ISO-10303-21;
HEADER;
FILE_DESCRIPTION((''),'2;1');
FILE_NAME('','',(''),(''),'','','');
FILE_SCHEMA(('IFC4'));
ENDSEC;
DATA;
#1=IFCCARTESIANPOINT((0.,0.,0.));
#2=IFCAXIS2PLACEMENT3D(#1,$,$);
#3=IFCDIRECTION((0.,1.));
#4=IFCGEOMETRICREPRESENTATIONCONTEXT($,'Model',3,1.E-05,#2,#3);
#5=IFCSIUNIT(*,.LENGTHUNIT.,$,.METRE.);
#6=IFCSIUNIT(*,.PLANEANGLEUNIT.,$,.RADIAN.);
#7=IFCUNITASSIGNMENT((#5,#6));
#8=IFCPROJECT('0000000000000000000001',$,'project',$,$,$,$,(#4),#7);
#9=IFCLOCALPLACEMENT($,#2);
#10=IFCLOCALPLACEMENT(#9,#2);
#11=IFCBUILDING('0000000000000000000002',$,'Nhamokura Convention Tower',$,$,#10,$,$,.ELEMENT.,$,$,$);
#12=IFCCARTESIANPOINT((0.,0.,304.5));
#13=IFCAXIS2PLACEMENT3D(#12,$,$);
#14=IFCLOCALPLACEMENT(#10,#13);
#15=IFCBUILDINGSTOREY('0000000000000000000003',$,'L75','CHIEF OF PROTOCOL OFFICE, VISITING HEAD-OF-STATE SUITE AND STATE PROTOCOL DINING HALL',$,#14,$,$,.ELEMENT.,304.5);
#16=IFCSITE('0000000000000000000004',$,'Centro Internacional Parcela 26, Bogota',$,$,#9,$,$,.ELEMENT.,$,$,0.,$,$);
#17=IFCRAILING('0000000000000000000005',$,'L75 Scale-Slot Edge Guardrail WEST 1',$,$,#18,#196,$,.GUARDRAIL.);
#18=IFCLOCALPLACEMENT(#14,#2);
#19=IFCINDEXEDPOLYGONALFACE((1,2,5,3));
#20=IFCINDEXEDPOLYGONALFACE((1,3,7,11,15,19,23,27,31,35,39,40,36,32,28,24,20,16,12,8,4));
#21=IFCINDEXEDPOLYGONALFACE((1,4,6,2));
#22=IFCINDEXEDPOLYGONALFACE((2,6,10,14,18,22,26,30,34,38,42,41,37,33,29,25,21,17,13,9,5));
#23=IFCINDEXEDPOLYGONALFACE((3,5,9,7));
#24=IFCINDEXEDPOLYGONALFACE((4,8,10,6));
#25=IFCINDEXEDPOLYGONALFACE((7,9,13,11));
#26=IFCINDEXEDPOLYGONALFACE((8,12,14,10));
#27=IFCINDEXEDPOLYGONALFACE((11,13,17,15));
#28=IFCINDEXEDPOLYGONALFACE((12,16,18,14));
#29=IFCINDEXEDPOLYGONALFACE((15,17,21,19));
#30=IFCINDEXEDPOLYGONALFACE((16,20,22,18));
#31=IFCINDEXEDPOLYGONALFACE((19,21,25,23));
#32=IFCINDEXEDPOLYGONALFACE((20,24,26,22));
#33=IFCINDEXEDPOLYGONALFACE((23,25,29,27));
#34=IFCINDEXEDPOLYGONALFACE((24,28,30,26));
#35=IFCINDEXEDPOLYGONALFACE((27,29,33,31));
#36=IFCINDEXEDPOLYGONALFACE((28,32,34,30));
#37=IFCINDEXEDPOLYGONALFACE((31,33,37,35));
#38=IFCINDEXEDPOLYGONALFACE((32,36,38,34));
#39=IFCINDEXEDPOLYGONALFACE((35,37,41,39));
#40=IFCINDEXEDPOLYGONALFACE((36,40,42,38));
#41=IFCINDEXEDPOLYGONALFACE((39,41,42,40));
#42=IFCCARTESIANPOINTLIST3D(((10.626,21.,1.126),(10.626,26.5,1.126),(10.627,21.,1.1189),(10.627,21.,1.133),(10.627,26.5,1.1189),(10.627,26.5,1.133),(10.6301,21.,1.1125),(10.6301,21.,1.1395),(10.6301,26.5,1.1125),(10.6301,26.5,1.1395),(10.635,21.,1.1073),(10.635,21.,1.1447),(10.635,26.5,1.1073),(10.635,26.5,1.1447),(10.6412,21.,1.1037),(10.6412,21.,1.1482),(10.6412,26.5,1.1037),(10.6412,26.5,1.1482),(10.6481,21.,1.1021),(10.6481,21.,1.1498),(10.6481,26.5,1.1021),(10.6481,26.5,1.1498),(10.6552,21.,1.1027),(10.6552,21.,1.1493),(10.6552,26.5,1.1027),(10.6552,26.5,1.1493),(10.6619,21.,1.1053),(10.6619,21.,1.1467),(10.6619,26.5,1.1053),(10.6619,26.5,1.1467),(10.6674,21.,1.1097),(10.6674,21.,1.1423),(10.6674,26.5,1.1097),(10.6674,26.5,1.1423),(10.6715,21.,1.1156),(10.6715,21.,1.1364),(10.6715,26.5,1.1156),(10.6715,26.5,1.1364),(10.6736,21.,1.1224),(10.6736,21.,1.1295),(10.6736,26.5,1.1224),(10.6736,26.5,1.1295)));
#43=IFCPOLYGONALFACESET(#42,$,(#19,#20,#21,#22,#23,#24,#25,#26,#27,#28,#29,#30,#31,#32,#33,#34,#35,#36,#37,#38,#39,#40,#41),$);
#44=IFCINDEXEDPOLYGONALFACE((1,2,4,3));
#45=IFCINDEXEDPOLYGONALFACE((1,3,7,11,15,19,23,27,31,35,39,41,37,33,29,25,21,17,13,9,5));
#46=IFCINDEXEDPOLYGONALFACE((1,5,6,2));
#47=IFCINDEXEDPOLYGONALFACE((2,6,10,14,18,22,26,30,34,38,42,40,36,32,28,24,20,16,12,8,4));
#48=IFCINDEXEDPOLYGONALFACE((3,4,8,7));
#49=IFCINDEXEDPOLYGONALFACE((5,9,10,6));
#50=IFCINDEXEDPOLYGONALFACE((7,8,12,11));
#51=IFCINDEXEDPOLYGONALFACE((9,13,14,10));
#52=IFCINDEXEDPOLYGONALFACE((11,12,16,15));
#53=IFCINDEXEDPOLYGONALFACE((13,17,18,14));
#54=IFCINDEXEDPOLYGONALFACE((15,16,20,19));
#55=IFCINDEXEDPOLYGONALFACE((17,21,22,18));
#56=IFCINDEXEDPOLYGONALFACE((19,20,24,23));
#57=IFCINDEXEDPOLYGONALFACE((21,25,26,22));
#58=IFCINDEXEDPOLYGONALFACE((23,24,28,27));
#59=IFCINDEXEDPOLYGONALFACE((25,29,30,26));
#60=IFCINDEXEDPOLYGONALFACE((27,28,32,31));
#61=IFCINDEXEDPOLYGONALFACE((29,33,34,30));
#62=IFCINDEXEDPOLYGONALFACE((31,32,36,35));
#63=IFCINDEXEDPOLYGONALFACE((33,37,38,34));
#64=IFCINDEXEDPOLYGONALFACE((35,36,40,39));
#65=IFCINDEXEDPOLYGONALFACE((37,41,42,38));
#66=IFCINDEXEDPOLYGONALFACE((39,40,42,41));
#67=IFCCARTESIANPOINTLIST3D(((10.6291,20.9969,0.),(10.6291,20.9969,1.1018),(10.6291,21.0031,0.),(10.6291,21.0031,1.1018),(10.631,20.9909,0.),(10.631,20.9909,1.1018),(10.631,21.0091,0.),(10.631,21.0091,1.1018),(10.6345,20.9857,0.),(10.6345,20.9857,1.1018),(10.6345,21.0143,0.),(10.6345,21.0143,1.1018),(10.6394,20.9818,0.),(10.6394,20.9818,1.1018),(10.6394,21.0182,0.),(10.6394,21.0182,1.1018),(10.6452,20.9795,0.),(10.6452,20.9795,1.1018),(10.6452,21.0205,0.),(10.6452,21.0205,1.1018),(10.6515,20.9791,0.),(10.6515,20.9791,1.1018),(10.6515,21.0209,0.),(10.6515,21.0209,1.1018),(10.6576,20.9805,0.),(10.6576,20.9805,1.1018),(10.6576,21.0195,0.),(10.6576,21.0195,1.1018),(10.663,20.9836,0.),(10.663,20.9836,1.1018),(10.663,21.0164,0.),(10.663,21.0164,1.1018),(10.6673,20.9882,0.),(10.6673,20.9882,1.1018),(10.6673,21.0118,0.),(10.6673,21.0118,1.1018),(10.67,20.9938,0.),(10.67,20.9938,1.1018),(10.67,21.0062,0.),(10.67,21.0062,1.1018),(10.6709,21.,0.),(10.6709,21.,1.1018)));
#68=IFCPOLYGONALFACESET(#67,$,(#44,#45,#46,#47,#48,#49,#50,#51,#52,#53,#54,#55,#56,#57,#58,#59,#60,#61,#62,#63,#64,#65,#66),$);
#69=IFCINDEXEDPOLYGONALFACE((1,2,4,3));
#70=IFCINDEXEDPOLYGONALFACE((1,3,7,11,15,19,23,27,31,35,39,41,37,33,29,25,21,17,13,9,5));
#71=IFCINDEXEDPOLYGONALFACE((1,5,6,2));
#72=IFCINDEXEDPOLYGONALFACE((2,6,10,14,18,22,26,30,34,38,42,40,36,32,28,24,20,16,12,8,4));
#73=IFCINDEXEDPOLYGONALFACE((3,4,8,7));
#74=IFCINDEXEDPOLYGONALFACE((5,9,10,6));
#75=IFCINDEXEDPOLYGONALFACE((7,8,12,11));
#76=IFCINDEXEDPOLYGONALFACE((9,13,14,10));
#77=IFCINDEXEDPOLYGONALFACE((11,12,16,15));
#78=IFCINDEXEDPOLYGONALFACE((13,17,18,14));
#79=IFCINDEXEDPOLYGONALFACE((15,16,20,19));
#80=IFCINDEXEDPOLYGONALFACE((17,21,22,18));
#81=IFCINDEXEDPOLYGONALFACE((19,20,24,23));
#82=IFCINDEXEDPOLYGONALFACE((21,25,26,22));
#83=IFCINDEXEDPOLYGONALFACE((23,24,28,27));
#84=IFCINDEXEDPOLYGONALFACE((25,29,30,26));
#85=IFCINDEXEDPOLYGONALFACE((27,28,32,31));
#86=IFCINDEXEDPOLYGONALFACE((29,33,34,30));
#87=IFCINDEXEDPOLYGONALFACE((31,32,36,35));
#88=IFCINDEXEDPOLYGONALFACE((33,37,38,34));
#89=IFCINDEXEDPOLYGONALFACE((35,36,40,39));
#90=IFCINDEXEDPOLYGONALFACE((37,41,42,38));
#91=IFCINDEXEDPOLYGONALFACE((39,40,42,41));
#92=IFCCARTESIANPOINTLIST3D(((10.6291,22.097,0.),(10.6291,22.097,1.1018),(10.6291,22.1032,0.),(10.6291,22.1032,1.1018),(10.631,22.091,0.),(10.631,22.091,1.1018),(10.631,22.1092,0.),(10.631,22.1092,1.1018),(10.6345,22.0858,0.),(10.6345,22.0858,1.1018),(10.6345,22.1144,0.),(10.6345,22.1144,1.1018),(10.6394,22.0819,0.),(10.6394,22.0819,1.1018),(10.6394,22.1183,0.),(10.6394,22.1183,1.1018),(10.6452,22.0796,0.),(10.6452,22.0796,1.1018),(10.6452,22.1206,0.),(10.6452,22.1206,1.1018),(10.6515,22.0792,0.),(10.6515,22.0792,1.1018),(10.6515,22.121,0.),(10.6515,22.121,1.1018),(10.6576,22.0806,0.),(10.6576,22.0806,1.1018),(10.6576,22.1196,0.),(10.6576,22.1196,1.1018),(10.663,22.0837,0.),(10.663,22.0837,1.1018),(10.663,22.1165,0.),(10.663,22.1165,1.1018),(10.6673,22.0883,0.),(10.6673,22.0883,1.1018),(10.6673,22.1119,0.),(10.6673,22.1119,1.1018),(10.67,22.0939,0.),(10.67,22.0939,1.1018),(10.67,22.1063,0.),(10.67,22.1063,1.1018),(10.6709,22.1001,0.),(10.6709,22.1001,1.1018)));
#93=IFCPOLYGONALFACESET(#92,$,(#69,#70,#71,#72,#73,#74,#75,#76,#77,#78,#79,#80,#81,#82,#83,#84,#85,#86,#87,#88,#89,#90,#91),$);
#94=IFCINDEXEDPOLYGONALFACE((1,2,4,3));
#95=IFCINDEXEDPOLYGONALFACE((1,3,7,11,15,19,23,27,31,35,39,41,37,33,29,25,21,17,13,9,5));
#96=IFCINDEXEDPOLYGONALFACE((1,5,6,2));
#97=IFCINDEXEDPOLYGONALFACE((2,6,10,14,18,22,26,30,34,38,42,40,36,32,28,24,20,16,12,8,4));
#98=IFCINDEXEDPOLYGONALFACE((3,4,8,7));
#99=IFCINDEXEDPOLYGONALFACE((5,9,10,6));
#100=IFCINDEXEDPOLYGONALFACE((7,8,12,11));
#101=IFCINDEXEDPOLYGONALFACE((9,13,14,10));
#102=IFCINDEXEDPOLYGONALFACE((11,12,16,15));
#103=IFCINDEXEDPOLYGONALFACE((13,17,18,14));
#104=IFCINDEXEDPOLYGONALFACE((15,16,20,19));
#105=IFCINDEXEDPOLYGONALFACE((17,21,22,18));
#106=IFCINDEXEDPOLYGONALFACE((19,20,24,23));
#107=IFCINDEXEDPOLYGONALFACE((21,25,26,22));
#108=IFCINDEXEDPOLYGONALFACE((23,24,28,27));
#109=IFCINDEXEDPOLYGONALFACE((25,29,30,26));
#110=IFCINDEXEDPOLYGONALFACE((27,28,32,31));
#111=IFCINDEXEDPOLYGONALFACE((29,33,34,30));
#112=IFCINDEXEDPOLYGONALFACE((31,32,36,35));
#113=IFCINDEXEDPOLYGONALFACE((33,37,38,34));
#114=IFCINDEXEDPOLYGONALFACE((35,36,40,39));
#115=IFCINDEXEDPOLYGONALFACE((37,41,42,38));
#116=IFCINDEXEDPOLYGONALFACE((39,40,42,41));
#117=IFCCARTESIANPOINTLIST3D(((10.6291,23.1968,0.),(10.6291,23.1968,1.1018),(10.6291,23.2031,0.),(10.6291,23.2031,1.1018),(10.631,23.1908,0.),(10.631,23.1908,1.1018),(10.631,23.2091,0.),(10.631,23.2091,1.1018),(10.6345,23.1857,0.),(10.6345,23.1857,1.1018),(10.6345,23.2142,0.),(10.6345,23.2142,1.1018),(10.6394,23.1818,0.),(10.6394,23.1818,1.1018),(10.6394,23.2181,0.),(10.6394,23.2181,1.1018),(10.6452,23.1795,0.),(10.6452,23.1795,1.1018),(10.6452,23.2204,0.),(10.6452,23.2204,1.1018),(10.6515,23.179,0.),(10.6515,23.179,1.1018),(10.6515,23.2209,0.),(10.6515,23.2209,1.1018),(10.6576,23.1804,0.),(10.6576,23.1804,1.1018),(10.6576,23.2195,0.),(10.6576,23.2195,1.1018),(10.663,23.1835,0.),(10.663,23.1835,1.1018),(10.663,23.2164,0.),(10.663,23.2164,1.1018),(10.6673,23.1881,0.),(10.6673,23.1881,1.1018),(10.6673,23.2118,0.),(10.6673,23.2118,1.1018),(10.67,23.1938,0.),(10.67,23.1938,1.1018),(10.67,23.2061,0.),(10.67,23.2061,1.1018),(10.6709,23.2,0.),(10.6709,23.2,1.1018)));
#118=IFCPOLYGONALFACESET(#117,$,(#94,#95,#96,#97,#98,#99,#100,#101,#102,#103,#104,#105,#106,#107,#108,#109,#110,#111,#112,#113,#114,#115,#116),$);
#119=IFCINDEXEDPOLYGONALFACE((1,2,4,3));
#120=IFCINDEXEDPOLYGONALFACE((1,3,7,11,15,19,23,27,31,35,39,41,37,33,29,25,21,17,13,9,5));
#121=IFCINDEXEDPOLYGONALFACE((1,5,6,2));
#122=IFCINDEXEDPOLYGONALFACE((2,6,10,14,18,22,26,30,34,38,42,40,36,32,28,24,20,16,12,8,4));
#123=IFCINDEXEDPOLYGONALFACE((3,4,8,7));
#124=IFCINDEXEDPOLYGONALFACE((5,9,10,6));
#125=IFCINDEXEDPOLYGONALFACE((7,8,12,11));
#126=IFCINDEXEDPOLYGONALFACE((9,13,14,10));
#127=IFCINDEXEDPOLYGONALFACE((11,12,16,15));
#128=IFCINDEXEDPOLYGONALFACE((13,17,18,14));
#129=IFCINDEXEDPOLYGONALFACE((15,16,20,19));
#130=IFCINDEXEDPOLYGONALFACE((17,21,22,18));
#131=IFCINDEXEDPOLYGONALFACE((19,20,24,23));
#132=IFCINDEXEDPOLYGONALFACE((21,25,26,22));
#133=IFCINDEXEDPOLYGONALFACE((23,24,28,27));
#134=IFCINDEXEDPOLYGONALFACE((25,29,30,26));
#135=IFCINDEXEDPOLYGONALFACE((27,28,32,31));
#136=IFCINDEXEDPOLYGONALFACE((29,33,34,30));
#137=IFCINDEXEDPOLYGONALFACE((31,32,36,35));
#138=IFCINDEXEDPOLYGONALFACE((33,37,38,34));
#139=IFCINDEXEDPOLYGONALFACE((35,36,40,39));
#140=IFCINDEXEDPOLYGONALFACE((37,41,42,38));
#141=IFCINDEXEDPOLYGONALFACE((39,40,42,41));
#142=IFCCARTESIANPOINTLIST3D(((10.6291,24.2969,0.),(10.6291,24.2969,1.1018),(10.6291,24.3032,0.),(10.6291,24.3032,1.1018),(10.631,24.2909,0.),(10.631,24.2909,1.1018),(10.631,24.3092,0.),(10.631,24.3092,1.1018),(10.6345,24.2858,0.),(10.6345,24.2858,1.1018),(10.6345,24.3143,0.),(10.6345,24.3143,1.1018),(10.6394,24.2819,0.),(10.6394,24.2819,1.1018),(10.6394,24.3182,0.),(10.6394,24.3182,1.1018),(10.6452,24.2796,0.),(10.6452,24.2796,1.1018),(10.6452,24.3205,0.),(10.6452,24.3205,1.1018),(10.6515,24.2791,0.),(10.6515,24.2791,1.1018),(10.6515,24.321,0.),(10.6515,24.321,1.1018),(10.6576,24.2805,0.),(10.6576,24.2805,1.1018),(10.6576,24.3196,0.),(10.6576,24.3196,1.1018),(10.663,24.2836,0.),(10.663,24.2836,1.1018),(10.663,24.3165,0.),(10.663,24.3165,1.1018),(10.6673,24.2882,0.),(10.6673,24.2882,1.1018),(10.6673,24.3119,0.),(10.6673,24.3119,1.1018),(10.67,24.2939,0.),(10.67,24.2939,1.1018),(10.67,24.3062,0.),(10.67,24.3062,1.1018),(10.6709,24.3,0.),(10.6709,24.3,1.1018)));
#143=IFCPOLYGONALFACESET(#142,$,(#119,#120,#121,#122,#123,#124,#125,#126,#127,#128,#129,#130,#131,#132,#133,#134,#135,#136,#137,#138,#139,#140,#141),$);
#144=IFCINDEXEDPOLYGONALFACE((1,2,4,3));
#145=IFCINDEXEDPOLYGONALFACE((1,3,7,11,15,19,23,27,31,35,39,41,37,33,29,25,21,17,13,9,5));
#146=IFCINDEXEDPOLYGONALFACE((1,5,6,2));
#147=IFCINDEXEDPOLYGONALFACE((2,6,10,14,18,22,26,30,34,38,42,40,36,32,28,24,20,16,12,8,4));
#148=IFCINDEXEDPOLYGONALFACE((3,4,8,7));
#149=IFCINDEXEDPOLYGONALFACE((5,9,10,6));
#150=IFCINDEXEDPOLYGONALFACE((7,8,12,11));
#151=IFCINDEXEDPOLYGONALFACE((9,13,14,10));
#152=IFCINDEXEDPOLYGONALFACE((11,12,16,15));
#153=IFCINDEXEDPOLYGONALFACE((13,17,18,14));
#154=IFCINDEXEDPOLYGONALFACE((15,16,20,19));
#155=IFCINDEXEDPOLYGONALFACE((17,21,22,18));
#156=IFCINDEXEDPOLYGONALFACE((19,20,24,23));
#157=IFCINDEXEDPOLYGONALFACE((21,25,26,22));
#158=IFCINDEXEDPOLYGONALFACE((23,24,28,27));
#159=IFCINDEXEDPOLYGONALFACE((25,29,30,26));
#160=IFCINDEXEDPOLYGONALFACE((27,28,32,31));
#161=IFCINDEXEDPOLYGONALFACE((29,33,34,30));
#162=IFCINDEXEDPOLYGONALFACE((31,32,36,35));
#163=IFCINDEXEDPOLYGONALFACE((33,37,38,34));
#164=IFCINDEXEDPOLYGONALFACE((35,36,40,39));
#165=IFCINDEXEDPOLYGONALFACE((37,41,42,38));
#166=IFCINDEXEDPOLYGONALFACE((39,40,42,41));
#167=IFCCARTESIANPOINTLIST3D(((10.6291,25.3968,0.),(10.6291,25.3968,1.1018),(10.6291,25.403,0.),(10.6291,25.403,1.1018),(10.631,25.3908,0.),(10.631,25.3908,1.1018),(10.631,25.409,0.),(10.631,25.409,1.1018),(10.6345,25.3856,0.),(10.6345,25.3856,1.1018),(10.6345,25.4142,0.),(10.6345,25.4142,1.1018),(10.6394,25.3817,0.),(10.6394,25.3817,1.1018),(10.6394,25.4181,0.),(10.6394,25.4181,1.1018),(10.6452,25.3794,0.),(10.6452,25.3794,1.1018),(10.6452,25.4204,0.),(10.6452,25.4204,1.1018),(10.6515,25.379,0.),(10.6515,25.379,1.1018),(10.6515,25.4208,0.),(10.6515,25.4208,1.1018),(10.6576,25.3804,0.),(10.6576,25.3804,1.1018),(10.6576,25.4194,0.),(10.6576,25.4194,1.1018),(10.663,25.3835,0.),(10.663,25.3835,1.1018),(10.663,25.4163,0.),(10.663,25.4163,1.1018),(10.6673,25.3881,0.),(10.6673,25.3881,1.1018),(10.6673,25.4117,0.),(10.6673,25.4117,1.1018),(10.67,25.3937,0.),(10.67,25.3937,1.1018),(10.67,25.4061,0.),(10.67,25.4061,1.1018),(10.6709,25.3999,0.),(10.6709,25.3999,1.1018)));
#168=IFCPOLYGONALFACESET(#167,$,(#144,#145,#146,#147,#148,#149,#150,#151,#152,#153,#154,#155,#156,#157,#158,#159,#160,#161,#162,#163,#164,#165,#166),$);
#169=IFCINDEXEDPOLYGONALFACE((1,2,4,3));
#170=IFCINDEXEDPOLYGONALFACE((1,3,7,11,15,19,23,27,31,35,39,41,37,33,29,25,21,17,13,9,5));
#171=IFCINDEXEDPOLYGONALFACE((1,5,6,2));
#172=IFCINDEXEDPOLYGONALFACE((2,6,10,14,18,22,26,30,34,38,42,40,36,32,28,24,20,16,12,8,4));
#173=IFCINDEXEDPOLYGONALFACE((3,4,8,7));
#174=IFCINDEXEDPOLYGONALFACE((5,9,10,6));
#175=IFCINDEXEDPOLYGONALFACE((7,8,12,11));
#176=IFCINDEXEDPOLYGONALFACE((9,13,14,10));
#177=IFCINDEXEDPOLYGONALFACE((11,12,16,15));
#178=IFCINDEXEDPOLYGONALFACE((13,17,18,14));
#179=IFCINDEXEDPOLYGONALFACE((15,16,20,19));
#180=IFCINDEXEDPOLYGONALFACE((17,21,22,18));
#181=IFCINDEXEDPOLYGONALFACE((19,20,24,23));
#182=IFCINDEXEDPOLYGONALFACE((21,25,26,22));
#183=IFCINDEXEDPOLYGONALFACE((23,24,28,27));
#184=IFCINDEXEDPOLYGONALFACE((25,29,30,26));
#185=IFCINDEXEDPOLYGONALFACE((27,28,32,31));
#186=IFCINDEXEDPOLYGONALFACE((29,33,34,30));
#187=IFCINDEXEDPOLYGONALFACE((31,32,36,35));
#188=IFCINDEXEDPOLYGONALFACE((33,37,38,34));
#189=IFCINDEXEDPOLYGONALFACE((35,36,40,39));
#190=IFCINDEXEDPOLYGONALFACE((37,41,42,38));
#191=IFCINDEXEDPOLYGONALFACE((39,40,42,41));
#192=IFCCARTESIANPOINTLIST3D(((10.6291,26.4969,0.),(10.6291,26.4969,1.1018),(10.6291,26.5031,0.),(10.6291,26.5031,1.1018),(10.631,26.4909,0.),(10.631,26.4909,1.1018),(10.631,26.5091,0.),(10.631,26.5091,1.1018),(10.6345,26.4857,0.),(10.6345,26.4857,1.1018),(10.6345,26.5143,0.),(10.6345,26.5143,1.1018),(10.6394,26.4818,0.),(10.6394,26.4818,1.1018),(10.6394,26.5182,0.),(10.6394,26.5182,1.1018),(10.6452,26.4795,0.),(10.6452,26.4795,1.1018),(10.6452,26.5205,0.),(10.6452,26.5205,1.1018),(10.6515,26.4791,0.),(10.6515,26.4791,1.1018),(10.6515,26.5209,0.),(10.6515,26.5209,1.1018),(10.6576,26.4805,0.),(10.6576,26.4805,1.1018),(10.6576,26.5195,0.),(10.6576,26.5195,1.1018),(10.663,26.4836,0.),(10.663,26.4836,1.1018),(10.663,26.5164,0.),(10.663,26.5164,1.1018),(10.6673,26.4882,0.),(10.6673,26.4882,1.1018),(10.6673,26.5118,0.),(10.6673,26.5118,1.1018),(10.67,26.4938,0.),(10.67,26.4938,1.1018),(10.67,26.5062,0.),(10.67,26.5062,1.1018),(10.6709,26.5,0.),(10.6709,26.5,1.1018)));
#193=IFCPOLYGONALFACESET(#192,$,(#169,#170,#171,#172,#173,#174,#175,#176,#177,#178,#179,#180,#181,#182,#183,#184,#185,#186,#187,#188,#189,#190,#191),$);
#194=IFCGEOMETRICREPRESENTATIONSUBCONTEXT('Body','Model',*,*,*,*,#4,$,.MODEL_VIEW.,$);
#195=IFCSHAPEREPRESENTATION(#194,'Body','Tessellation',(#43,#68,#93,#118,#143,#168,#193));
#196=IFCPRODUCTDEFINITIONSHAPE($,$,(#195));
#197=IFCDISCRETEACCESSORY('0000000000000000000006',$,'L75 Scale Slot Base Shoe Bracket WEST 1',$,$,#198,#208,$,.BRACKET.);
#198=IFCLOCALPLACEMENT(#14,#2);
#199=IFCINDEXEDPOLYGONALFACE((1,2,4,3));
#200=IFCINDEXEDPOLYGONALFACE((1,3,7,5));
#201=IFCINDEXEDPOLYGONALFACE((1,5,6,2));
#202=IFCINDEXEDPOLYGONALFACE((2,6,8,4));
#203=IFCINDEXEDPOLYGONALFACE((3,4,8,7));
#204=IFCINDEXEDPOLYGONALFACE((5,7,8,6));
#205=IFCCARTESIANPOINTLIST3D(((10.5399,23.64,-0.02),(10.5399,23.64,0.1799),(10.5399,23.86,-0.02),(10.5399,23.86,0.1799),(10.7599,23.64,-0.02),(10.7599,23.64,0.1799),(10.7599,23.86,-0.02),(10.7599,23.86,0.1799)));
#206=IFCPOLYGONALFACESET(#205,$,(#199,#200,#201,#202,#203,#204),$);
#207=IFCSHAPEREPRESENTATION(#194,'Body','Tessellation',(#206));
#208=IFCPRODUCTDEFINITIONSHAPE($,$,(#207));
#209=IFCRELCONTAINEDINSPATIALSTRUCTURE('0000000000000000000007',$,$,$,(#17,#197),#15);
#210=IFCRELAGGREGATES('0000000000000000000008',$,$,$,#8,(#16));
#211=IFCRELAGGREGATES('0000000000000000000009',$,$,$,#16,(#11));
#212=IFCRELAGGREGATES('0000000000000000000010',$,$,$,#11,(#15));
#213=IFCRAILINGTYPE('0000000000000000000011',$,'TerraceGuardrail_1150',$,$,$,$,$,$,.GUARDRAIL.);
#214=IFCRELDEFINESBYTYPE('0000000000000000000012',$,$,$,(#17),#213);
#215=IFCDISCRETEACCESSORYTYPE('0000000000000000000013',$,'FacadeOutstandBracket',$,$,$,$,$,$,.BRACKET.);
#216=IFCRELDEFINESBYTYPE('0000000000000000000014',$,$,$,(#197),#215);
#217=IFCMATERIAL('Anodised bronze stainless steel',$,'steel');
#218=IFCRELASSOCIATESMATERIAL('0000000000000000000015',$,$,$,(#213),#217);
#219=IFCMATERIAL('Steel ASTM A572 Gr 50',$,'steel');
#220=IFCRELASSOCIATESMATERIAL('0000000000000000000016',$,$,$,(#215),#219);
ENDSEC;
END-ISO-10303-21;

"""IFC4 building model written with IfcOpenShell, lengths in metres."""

from ifc_helpers import new_model, si_unit, direction, frame, origin, origin_2d, place, context, subcontext, project, spatial, rectangle, circle, extrude, material, type_object, element, save


model = new_model("IFC4")

# Units and contexts
model_context = context("Model", 3, precision=1e-05, world=origin(), true_north=direction((0.0, 1.0)))
body_context = subcontext(model_context, "Body", "Model", "MODEL_VIEW")
ifc_project = project(units=[si_unit("LENGTHUNIT", "METRE"), si_unit("PLANEANGLEUNIT", "RADIAN")], contexts=[model_context])

# Site, building, storey
site_placement = place(None, origin())
site = spatial("IfcSite", under=ifc_project, at=site_placement, Name="Centro Internacional Parcela 26, Bogota", CompositionType="ELEMENT", RefElevation=0.0)
building_placement = place(site_placement, origin())
building = spatial("IfcBuilding", under=site, at=building_placement, Name="Nhamokura Convention Tower", CompositionType="ELEMENT")
storey_placement = place(building_placement, frame((0.0, 0.0, 304.5)))
storey = spatial("IfcBuildingStorey", under=building, at=storey_placement, Name="L75", Description="CHIEF OF PROTOCOL OFFICE, VISITING HEAD-OF-STATE SUITE AND STATE PROTOCOL DINING HALL", CompositionType="ELEMENT", Elevation=304.5)

# Railing
ifc_material_1 = material(Name="Anodised bronze stainless steel", Category="steel")
railing_type = type_object("IfcRailingType", Name="TerraceGuardrail_1150", PredefinedType="GUARDRAIL", material=ifc_material_1)
railing_placement = place(storey_placement, frame((10.6499, 21.0, 0.0)))
element("IfcRailing", 1, at=railing_placement, inside=storey, type_object=railing_type, Name="L75 Scale-Slot Edge Guardrail WEST 1", PredefinedType="GUARDRAIL", context=body_context, shape_type="SweptSolid", body=[
    extrude(circle(Radius=0.0239, at=origin_2d()), frame((0.0, 0.0, 1.126), z_axis=(0.0, 1.0, 0.0), x_axis=(-1.0, 0.0, 0.0)), (0.0, 0.0, 1.0), 5.5),
    extrude(circle(Radius=0.021, at=origin_2d()), origin(), (0.0, 0.0, 1.0), 1.1018),
    extrude(circle(Radius=0.021, at=origin_2d()), frame((0.0, 1.1001, 0.0)), (0.0, 0.0, 1.0), 1.1018),
    extrude(circle(Radius=0.021, at=origin_2d()), frame((0.0, 2.2, 0.0)), (0.0, 0.0, 1.0), 1.1018),
    extrude(circle(Radius=0.021, at=origin_2d()), frame((0.0, 3.3, 0.0)), (0.0, 0.0, 1.0), 1.1018),
    extrude(circle(Radius=0.021, at=origin_2d()), frame((0.0, 4.3999, 0.0)), (0.0, 0.0, 1.0), 1.1018),
    extrude(circle(Radius=0.021, at=origin_2d()), frame((0.0, 5.5, 0.0)), (0.0, 0.0, 1.0), 1.1018),
])

# Discrete accessory
ifc_material_2 = material(Name="Steel ASTM A572 Gr 50", Category="steel")
discrete_accessory_type = type_object("IfcDiscreteAccessoryType", Name="FacadeOutstandBracket", PredefinedType="BRACKET", material=ifc_material_2)
discrete_accessory_placement = place(storey_placement, frame((10.6499, 23.75, -0.02), z_axis=(0.0, 0.0, 1.0), x_axis=(1.0, 0.0, 0.0)))
element("IfcDiscreteAccessory", 2, at=discrete_accessory_placement, inside=storey, type_object=discrete_accessory_type, Name="L75 Scale Slot Base Shoe Bracket WEST 1", PredefinedType="BRACKET", context=body_context, shape_type="SweptSolid", body=[
    extrude(rectangle(XDim=0.22, YDim=0.22, at=origin_2d()), origin(), (0.0, 0.0, 1.0), 0.2),
])

save(model, "model.ifc")
